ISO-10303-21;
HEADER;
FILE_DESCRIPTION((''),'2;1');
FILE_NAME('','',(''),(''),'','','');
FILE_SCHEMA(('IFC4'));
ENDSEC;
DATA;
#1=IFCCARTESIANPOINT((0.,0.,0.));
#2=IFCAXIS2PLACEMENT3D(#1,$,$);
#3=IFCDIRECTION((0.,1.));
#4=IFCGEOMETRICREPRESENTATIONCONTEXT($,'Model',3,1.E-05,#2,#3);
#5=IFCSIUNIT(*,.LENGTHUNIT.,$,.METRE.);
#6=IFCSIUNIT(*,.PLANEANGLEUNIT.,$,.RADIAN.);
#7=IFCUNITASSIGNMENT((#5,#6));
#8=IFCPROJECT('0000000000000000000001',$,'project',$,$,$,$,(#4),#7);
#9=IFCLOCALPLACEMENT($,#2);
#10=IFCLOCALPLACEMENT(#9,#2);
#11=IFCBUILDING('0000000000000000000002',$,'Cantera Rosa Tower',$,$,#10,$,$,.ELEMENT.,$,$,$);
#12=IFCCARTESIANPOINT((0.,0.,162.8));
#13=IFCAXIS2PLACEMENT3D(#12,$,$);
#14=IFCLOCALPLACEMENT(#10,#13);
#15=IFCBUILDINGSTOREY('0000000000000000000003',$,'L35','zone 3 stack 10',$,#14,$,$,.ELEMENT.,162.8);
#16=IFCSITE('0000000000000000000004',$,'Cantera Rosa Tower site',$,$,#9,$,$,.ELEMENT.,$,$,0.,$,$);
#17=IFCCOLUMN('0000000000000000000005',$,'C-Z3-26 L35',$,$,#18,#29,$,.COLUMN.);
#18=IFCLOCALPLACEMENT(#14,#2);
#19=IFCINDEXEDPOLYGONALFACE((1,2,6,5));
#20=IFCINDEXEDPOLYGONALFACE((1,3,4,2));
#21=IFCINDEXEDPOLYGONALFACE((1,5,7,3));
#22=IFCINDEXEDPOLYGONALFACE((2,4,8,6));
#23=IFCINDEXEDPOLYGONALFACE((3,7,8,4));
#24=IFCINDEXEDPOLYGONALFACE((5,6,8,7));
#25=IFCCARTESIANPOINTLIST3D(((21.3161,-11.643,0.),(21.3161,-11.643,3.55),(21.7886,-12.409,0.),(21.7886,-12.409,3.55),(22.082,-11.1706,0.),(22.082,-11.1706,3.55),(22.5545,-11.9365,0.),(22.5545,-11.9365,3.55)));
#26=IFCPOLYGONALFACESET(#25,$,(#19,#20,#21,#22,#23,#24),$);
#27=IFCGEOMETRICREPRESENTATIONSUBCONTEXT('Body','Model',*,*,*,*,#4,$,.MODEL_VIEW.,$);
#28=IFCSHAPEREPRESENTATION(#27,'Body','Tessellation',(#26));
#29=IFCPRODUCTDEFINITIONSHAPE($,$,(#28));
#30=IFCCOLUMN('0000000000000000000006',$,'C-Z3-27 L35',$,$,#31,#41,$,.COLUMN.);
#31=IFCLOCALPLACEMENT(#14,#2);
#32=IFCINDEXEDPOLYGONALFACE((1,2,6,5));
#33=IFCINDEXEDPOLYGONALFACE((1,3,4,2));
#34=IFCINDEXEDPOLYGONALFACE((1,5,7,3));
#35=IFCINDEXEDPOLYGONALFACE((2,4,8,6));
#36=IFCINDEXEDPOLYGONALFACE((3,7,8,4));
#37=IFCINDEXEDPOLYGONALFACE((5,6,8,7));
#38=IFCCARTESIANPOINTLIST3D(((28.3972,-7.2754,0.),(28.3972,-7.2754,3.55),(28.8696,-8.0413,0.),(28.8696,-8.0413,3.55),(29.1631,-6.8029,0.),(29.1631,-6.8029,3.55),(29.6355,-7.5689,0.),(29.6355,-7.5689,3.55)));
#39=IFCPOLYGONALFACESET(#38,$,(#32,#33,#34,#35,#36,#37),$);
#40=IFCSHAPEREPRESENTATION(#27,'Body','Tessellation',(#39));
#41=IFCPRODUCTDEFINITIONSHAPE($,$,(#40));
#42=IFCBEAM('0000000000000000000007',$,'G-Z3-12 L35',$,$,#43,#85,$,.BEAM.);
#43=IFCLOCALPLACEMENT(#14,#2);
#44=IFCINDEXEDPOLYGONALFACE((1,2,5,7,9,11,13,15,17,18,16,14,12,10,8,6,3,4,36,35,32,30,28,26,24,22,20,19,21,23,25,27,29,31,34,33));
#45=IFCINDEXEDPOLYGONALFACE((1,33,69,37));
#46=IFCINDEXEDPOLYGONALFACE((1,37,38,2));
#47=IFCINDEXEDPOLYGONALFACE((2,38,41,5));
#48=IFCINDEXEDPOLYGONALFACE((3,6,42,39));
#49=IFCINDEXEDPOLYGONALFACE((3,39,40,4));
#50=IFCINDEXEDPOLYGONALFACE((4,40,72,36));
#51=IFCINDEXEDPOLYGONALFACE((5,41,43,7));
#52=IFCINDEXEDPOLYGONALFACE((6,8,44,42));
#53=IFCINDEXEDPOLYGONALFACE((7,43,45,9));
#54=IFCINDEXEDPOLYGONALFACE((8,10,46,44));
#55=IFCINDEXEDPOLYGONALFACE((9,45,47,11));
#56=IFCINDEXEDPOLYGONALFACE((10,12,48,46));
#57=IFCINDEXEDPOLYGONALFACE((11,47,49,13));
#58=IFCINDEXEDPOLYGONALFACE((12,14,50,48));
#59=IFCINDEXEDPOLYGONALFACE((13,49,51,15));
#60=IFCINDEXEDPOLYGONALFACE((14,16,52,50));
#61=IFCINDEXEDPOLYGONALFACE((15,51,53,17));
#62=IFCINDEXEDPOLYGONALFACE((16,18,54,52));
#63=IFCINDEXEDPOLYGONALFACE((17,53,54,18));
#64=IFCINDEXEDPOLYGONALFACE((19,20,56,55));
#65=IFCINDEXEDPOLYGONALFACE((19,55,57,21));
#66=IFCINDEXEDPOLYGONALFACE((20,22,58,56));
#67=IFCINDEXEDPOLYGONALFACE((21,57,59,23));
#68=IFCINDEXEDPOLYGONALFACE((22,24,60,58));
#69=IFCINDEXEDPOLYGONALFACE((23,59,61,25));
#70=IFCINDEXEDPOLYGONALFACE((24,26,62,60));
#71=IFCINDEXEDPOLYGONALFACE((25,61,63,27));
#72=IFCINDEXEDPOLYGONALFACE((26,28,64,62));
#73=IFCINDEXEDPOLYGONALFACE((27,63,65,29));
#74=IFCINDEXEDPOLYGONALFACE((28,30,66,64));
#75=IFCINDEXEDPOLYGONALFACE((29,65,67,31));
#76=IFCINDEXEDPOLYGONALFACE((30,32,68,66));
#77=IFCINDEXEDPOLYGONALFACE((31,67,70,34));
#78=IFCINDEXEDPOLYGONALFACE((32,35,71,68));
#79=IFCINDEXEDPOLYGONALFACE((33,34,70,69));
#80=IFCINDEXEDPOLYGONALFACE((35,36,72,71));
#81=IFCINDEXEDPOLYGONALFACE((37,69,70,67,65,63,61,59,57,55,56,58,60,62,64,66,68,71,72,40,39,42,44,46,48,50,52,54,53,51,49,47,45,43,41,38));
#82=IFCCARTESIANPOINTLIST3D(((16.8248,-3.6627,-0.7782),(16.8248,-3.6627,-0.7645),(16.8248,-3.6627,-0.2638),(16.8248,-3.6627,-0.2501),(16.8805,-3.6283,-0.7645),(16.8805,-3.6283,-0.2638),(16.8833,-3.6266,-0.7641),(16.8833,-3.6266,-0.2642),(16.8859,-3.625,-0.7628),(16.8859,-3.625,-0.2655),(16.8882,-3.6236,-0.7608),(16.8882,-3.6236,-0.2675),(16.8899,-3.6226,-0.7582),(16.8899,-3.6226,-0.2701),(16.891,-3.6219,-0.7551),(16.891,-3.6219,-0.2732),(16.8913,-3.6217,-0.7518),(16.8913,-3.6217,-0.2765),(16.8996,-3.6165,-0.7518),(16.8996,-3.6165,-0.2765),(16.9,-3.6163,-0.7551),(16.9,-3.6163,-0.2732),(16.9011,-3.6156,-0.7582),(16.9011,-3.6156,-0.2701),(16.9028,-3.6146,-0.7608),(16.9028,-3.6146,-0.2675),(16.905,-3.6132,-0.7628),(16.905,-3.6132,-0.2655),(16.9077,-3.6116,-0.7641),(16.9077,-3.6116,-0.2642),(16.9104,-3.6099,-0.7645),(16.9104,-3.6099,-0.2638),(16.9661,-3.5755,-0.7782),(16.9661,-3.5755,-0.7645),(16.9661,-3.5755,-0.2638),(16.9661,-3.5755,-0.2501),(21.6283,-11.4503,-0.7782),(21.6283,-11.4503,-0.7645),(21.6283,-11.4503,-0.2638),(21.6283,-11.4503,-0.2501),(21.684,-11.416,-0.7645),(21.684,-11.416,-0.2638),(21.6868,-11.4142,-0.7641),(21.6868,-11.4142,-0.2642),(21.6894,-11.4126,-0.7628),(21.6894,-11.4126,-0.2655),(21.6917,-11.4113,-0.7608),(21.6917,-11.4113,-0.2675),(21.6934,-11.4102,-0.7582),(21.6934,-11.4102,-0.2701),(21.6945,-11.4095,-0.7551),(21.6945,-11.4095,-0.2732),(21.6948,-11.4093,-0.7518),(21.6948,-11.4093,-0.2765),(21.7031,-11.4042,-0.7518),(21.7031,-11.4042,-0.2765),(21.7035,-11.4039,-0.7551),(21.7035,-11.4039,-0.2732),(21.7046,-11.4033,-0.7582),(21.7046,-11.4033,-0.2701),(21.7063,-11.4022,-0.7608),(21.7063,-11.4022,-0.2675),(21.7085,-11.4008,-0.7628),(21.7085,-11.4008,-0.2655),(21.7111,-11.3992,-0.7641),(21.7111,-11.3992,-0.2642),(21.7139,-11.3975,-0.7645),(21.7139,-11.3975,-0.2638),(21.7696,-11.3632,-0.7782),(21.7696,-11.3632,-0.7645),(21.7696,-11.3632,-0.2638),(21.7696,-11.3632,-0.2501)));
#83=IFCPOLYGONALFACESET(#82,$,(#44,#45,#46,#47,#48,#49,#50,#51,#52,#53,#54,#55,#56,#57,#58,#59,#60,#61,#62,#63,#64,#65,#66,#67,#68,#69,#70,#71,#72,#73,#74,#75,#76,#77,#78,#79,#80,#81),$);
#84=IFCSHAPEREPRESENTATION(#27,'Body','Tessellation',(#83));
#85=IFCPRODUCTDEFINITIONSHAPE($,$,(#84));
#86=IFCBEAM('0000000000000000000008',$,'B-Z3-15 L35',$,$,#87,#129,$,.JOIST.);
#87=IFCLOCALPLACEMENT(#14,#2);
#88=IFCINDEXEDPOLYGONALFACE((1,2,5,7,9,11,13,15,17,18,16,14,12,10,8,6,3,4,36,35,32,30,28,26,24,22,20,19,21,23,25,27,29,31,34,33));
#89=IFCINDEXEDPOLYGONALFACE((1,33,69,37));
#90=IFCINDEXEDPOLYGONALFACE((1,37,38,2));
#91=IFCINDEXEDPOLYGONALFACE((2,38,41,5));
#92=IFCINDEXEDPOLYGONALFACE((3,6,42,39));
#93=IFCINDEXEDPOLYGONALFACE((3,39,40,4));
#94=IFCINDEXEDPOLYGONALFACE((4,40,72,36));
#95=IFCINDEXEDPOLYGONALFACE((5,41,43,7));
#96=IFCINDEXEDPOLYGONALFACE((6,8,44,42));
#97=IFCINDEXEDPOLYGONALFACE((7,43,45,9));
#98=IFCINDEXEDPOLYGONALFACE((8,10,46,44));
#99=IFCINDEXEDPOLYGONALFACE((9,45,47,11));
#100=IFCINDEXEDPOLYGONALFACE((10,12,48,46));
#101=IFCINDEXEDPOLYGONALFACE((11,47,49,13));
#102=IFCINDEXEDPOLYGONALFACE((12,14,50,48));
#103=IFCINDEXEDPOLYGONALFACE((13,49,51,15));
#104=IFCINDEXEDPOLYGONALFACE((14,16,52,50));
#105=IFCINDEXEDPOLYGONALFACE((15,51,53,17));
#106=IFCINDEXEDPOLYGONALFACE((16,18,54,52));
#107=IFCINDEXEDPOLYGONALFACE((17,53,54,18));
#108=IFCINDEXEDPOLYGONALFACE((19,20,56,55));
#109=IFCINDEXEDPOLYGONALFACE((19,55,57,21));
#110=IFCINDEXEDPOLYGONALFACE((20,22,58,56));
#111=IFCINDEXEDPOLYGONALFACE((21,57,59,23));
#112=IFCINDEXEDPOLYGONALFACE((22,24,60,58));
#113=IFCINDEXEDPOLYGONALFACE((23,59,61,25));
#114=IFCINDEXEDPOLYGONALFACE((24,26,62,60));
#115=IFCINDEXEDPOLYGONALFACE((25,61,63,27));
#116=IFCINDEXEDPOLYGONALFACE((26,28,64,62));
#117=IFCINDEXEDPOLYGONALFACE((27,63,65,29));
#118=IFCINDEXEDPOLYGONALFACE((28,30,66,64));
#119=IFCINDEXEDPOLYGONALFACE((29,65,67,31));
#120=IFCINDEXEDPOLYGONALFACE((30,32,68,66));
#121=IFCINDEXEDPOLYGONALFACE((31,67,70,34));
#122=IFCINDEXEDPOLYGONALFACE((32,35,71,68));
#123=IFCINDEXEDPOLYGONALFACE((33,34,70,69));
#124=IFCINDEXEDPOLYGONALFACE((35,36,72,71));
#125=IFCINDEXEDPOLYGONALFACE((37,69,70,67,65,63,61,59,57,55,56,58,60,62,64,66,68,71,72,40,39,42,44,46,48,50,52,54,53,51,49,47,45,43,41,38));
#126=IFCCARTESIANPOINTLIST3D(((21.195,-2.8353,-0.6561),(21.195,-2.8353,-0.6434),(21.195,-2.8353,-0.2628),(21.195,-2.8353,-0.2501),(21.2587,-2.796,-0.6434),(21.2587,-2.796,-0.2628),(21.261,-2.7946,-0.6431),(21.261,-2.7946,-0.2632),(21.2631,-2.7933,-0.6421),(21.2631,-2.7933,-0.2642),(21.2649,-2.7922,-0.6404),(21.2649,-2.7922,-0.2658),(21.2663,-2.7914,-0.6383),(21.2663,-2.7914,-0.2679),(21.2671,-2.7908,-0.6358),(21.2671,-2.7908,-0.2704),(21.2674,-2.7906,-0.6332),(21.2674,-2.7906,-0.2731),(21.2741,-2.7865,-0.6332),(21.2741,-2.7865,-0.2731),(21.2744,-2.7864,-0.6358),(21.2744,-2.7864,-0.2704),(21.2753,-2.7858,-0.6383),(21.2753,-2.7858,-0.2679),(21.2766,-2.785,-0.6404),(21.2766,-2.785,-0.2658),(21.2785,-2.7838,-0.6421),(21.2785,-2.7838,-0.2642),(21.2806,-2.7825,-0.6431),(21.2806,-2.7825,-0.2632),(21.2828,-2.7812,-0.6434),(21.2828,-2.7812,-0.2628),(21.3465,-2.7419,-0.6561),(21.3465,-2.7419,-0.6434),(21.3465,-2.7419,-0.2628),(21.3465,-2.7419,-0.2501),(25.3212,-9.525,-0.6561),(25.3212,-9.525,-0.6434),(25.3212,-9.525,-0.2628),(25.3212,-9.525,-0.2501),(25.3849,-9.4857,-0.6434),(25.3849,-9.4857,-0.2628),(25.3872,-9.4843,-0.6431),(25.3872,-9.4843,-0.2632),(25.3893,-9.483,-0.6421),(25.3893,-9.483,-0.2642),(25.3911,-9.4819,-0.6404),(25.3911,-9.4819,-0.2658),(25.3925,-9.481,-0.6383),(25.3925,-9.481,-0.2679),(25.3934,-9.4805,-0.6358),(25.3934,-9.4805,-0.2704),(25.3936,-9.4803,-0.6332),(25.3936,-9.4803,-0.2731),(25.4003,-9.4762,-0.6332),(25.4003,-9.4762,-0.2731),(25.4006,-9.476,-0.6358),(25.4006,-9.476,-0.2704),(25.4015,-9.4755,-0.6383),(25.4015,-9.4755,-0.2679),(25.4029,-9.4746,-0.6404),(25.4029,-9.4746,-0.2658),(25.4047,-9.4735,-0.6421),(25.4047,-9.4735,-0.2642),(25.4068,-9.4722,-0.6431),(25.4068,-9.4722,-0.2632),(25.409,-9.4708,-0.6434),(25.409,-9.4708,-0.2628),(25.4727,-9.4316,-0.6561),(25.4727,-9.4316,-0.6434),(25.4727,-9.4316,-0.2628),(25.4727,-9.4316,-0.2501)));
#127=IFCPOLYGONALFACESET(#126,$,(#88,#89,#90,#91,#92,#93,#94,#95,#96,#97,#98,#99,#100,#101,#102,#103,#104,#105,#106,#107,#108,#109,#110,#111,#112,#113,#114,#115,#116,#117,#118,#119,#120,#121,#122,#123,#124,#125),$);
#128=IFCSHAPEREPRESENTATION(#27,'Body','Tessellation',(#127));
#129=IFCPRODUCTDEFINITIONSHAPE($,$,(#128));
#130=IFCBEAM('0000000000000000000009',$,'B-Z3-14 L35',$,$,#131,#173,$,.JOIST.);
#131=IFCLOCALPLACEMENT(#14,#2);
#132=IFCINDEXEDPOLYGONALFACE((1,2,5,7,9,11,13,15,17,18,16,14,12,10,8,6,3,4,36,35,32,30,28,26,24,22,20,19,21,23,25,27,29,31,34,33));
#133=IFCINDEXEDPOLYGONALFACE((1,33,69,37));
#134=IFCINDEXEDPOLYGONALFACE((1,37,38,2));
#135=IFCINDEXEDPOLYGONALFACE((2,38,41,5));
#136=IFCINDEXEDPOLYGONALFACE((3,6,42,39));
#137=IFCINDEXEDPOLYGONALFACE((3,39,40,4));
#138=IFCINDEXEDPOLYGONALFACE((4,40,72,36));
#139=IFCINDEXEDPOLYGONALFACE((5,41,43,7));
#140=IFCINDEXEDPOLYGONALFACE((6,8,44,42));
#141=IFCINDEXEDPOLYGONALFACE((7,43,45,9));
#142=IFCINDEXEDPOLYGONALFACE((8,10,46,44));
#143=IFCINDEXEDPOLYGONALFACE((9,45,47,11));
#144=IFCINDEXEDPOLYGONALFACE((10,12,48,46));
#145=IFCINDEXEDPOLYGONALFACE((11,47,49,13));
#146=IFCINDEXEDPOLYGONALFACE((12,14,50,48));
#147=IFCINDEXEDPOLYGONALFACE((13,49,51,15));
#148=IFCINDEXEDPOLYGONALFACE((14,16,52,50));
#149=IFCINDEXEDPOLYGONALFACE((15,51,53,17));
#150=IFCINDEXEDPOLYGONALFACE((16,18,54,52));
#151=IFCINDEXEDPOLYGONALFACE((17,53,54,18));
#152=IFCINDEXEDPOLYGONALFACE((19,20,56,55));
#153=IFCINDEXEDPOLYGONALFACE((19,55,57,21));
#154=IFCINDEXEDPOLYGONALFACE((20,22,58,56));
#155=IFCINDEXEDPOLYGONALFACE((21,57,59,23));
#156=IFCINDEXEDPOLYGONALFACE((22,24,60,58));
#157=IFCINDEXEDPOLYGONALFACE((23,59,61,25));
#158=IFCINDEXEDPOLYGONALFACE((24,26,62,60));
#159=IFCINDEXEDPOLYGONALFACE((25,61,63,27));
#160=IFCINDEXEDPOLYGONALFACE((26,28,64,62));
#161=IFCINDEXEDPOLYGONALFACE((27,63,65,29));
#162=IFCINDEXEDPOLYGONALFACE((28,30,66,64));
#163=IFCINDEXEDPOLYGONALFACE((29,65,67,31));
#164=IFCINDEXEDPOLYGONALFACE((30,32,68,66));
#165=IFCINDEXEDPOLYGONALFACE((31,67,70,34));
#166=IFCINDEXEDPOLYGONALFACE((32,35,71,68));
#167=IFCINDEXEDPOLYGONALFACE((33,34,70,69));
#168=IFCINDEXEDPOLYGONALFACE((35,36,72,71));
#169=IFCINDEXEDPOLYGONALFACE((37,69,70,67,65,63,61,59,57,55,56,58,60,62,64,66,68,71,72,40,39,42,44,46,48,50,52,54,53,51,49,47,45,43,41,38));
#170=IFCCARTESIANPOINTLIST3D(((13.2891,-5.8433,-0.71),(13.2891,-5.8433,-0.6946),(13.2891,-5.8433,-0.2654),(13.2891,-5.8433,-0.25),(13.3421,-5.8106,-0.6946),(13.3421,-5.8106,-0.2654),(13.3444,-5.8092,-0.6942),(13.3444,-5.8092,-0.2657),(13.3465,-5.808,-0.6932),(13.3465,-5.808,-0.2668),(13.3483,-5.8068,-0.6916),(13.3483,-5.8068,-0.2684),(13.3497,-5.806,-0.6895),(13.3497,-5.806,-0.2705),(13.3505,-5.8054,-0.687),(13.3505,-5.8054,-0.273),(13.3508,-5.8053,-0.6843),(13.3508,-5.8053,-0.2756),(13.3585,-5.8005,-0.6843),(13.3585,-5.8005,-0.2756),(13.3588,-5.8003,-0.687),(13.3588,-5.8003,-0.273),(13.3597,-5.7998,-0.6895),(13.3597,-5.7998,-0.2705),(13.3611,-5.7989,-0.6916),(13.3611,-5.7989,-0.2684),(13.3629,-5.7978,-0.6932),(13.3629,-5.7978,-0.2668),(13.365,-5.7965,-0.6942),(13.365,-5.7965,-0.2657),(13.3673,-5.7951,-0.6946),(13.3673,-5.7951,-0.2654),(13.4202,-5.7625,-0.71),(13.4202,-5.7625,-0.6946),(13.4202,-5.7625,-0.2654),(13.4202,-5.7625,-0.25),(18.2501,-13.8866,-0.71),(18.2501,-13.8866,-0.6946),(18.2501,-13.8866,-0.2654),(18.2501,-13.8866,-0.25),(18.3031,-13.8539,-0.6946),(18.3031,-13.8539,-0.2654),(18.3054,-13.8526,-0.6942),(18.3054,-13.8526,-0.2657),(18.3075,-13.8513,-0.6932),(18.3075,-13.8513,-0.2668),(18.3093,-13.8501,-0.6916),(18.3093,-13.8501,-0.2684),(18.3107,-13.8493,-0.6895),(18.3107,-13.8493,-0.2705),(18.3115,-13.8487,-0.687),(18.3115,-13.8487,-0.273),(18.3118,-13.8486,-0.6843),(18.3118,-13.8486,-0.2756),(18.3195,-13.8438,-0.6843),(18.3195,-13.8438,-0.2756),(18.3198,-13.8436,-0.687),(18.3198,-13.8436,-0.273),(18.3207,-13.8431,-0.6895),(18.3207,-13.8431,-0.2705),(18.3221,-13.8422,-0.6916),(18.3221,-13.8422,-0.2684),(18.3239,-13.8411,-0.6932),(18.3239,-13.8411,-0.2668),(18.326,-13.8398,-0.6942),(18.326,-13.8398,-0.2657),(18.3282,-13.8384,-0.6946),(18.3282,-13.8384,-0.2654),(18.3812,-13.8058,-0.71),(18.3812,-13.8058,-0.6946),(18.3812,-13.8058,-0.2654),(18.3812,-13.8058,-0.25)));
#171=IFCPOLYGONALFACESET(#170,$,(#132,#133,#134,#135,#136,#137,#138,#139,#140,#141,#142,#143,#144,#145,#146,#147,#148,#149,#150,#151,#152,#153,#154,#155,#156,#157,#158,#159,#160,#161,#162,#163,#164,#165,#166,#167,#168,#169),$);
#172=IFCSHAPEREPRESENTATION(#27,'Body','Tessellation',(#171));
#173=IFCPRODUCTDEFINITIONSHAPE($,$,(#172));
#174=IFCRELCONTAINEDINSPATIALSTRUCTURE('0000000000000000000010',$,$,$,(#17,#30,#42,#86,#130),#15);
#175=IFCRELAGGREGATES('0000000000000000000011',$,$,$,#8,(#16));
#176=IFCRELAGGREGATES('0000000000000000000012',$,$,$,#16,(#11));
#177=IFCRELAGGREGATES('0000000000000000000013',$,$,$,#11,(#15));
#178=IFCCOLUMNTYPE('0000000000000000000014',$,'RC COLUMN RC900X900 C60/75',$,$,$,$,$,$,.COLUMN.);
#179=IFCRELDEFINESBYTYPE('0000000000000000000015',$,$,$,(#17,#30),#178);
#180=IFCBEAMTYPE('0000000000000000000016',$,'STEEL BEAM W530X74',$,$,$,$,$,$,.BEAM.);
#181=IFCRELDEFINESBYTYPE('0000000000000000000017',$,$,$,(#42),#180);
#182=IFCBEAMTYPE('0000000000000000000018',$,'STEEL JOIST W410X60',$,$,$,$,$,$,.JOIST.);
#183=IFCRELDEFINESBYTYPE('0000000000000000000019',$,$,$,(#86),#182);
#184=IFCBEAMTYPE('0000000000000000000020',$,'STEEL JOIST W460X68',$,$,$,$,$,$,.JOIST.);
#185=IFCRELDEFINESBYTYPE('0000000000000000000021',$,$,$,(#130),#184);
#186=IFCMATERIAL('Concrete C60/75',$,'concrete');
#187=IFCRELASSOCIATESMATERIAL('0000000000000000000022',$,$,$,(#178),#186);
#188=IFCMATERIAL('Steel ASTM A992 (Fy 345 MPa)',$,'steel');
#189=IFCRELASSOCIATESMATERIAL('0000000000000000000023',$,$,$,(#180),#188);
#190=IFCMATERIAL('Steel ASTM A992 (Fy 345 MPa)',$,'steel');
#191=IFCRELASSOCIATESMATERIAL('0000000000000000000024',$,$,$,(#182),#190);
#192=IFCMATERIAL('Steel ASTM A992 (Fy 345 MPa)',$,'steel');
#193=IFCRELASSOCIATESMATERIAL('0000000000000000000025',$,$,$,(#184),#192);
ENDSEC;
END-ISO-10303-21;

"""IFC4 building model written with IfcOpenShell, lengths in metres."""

from ifc_helpers import new_model, si_unit, direction, frame, origin, origin_2d, place, context, subcontext, project, spatial, rectangle, i_section, extrude, material, material_profile, profile_set, type_object, element, save


model = new_model("IFC4")

# Units and contexts
model_context = context("Model", 3, precision=1e-05, world=origin(), true_north=direction((0.0, 1.0)))
body_context = subcontext(model_context, "Body", "Model", "MODEL_VIEW")
ifc_project = project(units=[si_unit("LENGTHUNIT", "METRE"), si_unit("PLANEANGLEUNIT", "RADIAN")], contexts=[model_context])

# Site, building, storey
site_placement = place(None, origin())
site = spatial("IfcSite", under=ifc_project, at=site_placement, Name="Cantera Rosa Tower site", CompositionType="ELEMENT", RefElevation=0.0)
building_placement = place(site_placement, origin())
building = spatial("IfcBuilding", under=site, at=building_placement, Name="Cantera Rosa Tower", CompositionType="ELEMENT")
storey_placement = place(building_placement, frame((0.0, 0.0, 162.8)))
storey = spatial("IfcBuildingStorey", under=building, at=storey_placement, Name="L35", Description="zone 3 stack 10", CompositionType="ELEMENT", Elevation=162.8)

# Columns
ifc_material_1 = material(Name="Concrete C60/75", Category="concrete")
ifc_material_profile_1 = material_profile(ifc_material_1, rectangle(XDim=0.8999, YDim=0.8999, at=origin_2d()), Name="RC COLUMN RC900X900 C60/75")
ifc_profile_set_1 = profile_set([ifc_material_profile_1], Name="Concrete C60/75")
column_type = type_object("IfcColumnType", Name="RC COLUMN RC900X900 C60/75", PredefinedType="COLUMN", material=ifc_profile_set_1)
for number, where, z_axis, x_axis, name in (
    (1, (21.9353, -11.7898, 0.0), (0.0, 0.0, 1.0), (0.851117, 0.524977, 0.0), "C-Z3-26 L35"),
    (2, (29.0164, -7.4221, 0.0), (0.0, 0.0, 1.0), (0.851117, 0.524977, 0.0), "C-Z3-27 L35"),
):
    element("IfcColumn", number, at=place(storey_placement, frame(where, z_axis=z_axis, x_axis=x_axis)), inside=storey, type_object=column_type, Name=name, PredefinedType="COLUMN", context=body_context, shape_type="SweptSolid", body=[
        extrude(rectangle(XDim=0.8999, YDim=0.8999, at=origin_2d()), origin(), (0.0, 0.0, 1.0), 3.55),
    ])

# Beams
ifc_material_2 = material(Name="Steel ASTM A992 (Fy 345 MPa)", Category="steel")
ifc_material_profile_2 = material_profile(ifc_material_2, i_section(OverallWidth=0.166, OverallDepth=0.5281, WebThickness=0.0098, FlangeThickness=0.0137, FilletRadius=0.0127, at=origin_2d()), Name="W530X74")
ifc_profile_set_2 = profile_set([ifc_material_profile_2], Name="Steel ASTM A992 (Fy 345 MPa)")
beam_type_1 = type_object("IfcBeamType", Name="STEEL BEAM W530X74", PredefinedType="BEAM", material=ifc_profile_set_2)
beam_1_placement = place(storey_placement, frame((21.699, -11.4067, -0.5142), z_axis=(-0.524977, 0.851116, 0.0), x_axis=(-0.851116, -0.524977, 0.0)))
element("IfcBeam", 3, at=beam_1_placement, inside=storey, type_object=beam_type_1, Name="G-Z3-12 L35", PredefinedType="BEAM", context=body_context, shape_type="SweptSolid", body=[
    extrude(i_section(OverallWidth=0.166, OverallDepth=0.5281, WebThickness=0.0098, FlangeThickness=0.0137, FilletRadius=0.0127, at=origin_2d()), origin(), (0.0, 0.0, 1.0), 9.1499),
])
ifc_material_3 = material(Name="Steel ASTM A992 (Fy 345 MPa)", Category="steel")
ifc_material_profile_3 = material_profile(ifc_material_3, i_section(OverallWidth=0.178, OverallDepth=0.406, WebThickness=0.0078, FlangeThickness=0.0127, FilletRadius=0.0103, at=origin_2d()), Name="W410X60")
ifc_profile_set_3 = profile_set([ifc_material_profile_3], Name="Steel ASTM A992 (Fy 345 MPa)")
beam_type_2 = type_object("IfcBeamType", Name="STEEL JOIST W410X60", PredefinedType="JOIST", material=ifc_profile_set_3)
beam_2_placement = place(storey_placement, frame((25.397, -9.4783, -0.4531), z_axis=(-0.524972, 0.851119, 0.0), x_axis=(-0.851119, -0.524972, 0.0)))
element("IfcBeam", 4, at=beam_2_placement, inside=storey, type_object=beam_type_2, Name="B-Z3-15 L35", PredefinedType="JOIST", context=body_context, shape_type="SweptSolid", body=[
    extrude(i_section(OverallWidth=0.178, OverallDepth=0.406, WebThickness=0.0078, FlangeThickness=0.0127, FilletRadius=0.0103, at=origin_2d()), origin(), (0.0, 0.0, 1.0), 7.8599),
])
ifc_material_4 = material(Name="Steel ASTM A992 (Fy 345 MPa)", Category="steel")
ifc_material_profile_4 = material_profile(ifc_material_4, i_section(OverallWidth=0.1541, OverallDepth=0.46, WebThickness=0.009, FlangeThickness=0.0154, FilletRadius=0.0103, at=origin_2d()), Name="W460X68")
ifc_profile_set_4 = profile_set([ifc_material_profile_4], Name="Steel ASTM A992 (Fy 345 MPa)")
beam_type_3 = type_object("IfcBeamType", Name="STEEL JOIST W460X68", PredefinedType="JOIST", material=ifc_profile_set_4)
beam_3_placement = place(storey_placement, frame((18.3157, -13.8462, -0.48), z_axis=(-0.524962, 0.851126, 0.0), x_axis=(-0.851126, -0.524962, 0.0)))
element("IfcBeam", 5, at=beam_3_placement, inside=storey, type_object=beam_type_3, Name="B-Z3-14 L35", PredefinedType="JOIST", context=body_context, shape_type="SweptSolid", body=[
    extrude(i_section(OverallWidth=0.1541, OverallDepth=0.46, WebThickness=0.009, FlangeThickness=0.0154, FilletRadius=0.0103, at=origin_2d()), origin(), (0.0, 0.0, 1.0), 9.4502),
])

save(model, "model.ifc")
